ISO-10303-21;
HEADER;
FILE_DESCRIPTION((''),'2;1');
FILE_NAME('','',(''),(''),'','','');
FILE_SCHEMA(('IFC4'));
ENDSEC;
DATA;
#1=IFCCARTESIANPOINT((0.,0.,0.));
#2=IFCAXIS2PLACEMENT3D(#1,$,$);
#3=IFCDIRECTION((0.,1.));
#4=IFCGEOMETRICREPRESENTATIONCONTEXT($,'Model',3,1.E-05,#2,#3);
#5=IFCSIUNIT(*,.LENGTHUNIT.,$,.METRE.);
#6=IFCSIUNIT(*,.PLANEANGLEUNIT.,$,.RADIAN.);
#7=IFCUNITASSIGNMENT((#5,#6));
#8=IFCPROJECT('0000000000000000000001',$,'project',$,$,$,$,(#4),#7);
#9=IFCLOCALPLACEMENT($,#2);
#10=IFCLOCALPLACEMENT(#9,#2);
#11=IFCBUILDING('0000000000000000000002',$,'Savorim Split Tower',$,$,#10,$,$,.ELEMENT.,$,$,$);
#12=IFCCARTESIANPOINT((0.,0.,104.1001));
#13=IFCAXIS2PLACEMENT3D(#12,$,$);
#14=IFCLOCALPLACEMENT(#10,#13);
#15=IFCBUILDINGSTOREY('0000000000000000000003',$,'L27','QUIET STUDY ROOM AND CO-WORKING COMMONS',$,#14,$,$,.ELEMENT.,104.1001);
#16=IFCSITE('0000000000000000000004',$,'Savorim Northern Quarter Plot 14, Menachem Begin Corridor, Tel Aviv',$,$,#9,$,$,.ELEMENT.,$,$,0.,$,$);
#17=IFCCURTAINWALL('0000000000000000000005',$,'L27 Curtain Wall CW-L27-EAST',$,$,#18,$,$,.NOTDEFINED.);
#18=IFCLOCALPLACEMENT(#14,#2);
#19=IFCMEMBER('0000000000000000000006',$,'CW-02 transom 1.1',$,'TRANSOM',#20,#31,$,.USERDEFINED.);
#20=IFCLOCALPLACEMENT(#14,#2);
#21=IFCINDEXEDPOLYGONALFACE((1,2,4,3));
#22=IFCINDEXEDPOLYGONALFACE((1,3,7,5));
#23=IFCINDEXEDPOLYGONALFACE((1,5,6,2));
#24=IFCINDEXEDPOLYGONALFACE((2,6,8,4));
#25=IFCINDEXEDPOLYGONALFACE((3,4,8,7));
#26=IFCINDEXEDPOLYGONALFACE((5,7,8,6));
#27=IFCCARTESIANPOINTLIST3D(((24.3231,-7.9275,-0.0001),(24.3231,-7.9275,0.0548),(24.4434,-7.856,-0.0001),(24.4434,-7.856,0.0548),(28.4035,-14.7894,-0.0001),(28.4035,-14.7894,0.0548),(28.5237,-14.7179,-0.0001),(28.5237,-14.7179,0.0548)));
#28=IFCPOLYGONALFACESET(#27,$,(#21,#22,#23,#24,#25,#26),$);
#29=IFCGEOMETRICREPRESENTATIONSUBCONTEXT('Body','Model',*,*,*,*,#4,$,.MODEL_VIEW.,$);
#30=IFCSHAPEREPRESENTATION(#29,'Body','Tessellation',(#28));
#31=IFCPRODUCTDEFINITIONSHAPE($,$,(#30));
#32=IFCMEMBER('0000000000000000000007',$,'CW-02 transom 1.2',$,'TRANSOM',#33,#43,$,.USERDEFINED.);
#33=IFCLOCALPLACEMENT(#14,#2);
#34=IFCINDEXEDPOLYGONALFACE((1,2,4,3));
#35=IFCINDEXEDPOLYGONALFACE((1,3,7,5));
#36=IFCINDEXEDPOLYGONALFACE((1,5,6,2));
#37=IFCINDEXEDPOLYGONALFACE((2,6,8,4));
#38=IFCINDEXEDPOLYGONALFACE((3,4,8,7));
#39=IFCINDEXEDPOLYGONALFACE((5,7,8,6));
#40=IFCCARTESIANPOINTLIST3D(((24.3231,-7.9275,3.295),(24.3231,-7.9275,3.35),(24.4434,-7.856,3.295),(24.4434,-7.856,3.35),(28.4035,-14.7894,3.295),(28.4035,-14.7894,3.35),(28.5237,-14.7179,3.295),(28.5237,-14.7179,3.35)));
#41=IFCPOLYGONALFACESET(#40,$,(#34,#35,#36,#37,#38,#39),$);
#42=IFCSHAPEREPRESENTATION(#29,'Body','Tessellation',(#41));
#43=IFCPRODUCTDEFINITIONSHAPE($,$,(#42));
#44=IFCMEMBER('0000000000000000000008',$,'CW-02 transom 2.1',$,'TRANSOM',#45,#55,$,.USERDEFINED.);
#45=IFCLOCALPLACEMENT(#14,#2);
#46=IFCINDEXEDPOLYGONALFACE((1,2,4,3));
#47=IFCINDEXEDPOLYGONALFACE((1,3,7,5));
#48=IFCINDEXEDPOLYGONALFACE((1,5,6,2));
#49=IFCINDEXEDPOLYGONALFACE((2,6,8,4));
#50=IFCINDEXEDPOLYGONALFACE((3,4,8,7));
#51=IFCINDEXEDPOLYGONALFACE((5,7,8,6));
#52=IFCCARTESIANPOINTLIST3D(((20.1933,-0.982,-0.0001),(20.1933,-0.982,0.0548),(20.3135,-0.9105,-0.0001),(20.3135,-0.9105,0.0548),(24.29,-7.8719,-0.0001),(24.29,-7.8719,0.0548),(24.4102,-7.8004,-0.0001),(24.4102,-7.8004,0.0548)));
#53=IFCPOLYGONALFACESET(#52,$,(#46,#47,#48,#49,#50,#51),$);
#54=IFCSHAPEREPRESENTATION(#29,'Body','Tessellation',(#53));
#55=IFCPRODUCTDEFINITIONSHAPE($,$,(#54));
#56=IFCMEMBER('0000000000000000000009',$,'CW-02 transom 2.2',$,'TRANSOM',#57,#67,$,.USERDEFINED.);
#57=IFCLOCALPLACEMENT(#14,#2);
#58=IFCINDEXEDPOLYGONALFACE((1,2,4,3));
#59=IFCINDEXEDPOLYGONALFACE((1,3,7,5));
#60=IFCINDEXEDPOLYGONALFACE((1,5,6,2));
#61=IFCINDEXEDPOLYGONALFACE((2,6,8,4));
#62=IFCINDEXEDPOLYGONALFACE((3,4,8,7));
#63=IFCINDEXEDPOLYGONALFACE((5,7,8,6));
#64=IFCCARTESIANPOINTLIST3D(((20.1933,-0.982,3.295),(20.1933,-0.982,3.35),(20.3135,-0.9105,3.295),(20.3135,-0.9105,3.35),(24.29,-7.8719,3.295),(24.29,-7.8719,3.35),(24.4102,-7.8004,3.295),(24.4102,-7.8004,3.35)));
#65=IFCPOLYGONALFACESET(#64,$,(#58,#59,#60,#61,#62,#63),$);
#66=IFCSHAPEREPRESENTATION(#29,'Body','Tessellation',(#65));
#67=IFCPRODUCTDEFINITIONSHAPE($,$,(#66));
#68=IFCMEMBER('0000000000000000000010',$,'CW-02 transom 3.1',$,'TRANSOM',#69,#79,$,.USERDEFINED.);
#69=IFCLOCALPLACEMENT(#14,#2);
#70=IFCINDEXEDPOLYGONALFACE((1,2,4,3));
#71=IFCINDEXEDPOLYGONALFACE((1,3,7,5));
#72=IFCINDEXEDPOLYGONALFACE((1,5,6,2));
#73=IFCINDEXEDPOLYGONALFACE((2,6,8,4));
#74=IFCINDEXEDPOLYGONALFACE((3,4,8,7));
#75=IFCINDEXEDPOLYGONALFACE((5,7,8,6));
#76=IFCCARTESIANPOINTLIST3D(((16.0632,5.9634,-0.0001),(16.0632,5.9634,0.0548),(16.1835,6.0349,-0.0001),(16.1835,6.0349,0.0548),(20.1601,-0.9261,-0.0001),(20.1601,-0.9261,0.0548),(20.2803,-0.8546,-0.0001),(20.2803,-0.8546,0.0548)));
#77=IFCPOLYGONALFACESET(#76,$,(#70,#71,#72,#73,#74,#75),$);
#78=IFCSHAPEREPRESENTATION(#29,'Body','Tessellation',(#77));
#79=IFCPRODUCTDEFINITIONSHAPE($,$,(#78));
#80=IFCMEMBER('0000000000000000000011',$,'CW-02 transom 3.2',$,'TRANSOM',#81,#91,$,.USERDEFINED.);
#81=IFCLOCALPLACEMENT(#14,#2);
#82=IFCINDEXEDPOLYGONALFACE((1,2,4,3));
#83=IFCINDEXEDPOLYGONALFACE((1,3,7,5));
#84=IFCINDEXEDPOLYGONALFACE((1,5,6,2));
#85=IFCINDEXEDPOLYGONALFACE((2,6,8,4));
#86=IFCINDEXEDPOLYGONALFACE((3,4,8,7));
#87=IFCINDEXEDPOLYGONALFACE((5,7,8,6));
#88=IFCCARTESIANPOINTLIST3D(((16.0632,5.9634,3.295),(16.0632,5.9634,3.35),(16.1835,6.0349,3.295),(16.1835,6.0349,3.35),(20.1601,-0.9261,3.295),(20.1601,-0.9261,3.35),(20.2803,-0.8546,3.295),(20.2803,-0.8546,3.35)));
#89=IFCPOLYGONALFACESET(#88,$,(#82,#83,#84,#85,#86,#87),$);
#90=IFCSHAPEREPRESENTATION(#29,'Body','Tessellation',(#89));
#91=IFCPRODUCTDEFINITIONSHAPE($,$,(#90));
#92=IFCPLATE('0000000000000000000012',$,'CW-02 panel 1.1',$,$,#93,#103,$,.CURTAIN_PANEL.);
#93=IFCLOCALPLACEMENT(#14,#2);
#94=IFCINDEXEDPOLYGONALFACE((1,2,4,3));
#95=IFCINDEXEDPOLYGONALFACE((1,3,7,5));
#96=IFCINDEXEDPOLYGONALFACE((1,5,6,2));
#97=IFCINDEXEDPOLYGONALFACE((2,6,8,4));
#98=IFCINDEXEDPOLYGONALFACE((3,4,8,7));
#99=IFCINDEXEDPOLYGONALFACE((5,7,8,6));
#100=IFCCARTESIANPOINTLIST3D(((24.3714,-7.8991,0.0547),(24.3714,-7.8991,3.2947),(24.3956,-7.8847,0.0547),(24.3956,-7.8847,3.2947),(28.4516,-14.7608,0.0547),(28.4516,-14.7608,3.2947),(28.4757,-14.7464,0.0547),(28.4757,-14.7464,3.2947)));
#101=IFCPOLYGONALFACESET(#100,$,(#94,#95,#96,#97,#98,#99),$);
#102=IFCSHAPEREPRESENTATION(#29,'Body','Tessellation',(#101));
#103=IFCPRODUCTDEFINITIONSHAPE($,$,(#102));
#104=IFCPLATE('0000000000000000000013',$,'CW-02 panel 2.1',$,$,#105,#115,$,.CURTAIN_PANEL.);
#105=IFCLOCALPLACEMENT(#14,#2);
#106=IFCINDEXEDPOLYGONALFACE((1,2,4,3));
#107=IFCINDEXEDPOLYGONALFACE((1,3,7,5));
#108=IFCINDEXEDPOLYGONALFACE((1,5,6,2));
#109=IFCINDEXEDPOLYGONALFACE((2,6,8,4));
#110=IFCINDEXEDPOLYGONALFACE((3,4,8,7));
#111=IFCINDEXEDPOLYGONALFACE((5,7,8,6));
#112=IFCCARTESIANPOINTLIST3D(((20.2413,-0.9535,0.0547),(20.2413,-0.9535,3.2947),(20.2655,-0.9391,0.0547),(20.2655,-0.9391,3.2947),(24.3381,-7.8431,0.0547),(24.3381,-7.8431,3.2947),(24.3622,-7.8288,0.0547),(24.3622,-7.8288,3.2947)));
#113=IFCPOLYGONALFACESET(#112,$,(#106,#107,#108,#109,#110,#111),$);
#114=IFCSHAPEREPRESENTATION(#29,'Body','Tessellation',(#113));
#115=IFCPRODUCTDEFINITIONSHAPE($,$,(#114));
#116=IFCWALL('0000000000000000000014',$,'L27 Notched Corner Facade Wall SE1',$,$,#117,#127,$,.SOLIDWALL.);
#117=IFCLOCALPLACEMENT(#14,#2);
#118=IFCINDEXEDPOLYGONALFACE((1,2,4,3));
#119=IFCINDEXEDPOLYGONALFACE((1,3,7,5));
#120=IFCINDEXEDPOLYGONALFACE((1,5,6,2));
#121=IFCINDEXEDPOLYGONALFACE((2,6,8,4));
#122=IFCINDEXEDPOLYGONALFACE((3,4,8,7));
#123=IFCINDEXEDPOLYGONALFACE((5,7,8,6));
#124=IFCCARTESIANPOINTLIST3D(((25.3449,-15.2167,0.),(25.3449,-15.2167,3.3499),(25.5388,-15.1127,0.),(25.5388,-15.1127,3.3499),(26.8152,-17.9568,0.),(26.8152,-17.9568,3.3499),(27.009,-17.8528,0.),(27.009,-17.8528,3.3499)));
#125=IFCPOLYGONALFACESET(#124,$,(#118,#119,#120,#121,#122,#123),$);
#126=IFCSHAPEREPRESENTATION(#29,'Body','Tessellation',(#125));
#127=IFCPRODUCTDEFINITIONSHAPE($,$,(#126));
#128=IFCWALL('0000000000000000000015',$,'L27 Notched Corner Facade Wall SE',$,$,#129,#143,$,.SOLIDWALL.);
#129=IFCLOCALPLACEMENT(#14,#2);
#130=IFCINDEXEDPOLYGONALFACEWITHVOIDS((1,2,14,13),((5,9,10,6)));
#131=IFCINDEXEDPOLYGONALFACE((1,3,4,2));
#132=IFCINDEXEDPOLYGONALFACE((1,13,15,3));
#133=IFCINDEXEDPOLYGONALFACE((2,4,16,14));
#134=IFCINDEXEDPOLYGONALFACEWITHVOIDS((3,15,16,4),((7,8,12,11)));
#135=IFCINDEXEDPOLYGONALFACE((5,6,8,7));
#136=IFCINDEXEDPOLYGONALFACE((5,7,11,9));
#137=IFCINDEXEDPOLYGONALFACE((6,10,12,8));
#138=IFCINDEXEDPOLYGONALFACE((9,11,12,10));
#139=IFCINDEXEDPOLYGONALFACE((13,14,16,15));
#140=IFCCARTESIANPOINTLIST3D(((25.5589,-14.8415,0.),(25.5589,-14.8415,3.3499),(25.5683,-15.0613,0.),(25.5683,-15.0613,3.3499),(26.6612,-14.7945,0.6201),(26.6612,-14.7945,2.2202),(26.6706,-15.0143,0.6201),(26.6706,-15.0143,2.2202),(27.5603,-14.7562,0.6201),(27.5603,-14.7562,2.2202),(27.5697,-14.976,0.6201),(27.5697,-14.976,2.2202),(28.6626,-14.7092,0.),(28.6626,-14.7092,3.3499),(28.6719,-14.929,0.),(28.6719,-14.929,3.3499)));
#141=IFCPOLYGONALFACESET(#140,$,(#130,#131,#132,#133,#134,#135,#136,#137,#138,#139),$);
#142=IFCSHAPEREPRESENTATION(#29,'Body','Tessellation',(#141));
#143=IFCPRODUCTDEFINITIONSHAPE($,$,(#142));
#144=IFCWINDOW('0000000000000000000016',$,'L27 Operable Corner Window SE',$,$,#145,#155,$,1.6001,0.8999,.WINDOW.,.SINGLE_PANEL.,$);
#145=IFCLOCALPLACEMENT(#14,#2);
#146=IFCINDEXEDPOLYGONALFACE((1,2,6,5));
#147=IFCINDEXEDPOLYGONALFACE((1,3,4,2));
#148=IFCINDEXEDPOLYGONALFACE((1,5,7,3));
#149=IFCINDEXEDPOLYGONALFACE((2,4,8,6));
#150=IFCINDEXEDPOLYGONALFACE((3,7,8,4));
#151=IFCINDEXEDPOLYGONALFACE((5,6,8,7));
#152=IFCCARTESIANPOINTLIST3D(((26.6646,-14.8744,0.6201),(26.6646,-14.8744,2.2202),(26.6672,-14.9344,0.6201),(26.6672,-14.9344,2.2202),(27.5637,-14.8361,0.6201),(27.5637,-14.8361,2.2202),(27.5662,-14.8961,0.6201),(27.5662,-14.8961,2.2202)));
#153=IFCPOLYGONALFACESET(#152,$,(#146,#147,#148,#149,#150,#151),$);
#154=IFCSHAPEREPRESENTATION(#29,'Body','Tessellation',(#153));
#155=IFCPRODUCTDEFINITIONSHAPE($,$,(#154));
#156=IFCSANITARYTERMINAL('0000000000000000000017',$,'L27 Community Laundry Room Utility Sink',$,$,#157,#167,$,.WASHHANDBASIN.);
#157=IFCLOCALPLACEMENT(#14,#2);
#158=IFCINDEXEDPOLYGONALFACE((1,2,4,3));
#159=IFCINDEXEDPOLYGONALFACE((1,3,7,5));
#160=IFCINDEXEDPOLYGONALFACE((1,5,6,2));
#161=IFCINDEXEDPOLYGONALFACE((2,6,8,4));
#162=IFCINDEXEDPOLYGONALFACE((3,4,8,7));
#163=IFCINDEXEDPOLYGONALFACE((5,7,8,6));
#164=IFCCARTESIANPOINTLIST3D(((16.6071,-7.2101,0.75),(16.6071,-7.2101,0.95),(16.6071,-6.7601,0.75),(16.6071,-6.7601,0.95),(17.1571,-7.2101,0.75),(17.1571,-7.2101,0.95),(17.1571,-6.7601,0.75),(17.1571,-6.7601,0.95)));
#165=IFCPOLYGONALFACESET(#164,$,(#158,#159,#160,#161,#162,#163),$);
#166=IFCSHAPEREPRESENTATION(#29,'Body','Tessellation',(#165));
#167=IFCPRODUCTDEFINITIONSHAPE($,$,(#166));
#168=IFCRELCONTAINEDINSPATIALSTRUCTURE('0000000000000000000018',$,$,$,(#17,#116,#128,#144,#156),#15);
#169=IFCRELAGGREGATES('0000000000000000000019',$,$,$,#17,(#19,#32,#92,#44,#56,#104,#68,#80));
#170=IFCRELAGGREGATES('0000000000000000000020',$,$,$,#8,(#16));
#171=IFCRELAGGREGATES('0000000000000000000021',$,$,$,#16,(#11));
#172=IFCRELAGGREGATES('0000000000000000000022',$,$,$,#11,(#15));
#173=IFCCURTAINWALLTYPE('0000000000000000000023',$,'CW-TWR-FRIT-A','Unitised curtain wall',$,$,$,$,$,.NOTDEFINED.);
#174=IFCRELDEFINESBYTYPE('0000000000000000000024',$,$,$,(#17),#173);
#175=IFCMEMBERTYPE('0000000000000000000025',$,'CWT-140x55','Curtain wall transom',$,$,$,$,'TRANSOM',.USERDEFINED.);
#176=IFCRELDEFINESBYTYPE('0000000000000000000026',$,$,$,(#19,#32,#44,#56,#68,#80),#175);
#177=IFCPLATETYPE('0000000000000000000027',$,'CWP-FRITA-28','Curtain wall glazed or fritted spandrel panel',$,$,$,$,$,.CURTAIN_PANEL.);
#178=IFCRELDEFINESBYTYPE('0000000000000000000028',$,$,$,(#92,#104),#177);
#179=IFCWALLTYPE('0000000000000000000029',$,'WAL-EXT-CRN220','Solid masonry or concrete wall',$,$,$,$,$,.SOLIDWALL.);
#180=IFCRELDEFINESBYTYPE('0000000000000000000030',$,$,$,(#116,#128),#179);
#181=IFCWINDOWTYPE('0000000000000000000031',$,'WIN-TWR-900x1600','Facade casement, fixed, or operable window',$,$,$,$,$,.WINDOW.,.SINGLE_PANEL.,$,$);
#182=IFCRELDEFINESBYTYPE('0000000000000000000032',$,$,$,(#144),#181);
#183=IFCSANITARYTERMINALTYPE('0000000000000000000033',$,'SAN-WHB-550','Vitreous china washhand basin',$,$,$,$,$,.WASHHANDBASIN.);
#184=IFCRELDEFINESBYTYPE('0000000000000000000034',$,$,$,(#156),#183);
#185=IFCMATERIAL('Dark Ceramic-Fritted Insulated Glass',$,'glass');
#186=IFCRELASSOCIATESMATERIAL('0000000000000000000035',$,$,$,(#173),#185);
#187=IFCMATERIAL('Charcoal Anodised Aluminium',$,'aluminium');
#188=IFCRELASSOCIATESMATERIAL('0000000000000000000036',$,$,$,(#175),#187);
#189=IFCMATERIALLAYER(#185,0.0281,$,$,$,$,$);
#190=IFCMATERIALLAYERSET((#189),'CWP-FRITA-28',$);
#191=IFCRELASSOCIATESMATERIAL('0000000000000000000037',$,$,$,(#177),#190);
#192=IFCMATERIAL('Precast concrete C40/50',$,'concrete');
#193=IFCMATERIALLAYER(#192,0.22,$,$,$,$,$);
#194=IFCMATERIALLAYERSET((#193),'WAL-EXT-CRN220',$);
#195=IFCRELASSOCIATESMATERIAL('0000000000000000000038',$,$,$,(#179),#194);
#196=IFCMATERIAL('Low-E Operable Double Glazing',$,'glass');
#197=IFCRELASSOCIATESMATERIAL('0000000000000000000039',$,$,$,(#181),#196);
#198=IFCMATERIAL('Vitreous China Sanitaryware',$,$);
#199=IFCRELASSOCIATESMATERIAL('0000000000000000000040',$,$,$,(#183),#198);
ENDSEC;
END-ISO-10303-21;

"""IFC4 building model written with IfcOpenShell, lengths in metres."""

from ifc_helpers import new_model, si_unit, direction, frame, frame_2d, origin, origin_2d, place, context, subcontext, project, spatial, rectangle, extrude, material, layer, layer_set, material_profile, profile_set, type_object, element, fill, aggregate, save


model = new_model("IFC4")

# Units and contexts
model_context = context("Model", 3, precision=1e-05, world=origin(), true_north=direction((0.0, 1.0)))
body_context = subcontext(model_context, "Body", "Model", "MODEL_VIEW")
ifc_project = project(units=[si_unit("LENGTHUNIT", "METRE"), si_unit("PLANEANGLEUNIT", "RADIAN")], contexts=[model_context])

# Site, building, storey
site_placement = place(None, origin())
site = spatial("IfcSite", under=ifc_project, at=site_placement, Name="Savorim Northern Quarter Plot 14, Menachem Begin Corridor, Tel Aviv", CompositionType="ELEMENT", RefElevation=0.0)
building_placement = place(site_placement, origin())
building = spatial("IfcBuilding", under=site, at=building_placement, Name="Savorim Split Tower", CompositionType="ELEMENT")
storey_placement = place(building_placement, frame((0.0, 0.0, 104.1001)))
storey = spatial("IfcBuildingStorey", under=building, at=storey_placement, Name="L27", Description="QUIET STUDY ROOM AND CO-WORKING COMMONS", CompositionType="ELEMENT", Elevation=104.1001)

# Curtain wall, members, plates
ifc_material_1 = material(Name="Dark Ceramic-Fritted Insulated Glass", Category="glass")
curtain_wall_type = type_object("IfcCurtainWallType", Name="CW-TWR-FRIT-A", Description="Unitised curtain wall", PredefinedType="NOTDEFINED", material=ifc_material_1)
curtain_wall_placement = place(storey_placement, origin())
curtain_wall = element("IfcCurtainWall", 1, at=curtain_wall_placement, inside=storey, type_object=curtain_wall_type, Name="L27 Curtain Wall CW-L27-EAST", PredefinedType="NOTDEFINED")
ifc_material_2 = material(Name="Charcoal Anodised Aluminium", Category="aluminium")
ifc_material_profile_1 = material_profile(ifc_material_2, rectangle(XDim=0.1399, YDim=0.0549, at=origin_2d()), Name="ALU-T 140x55")
ifc_profile_set_1 = profile_set([ifc_material_profile_1], Name="Charcoal Anodised Aluminium")
member_type_1 = type_object("IfcMemberType", Name="CWT-140x55", Description="Curtain wall transom", ElementType="TRANSOM", PredefinedType="USERDEFINED", material=ifc_profile_set_1)
member_1_placement = place(storey_placement, frame((28.4636, -14.7537, 0.0273), z_axis=(-0.511105, 0.859518, 0.0), x_axis=(-0.859518, -0.511105, 0.0)))
member_1 = element("IfcMember", 2, at=member_1_placement, type_object=member_type_1, Name="CW-02 transom 1.1", ObjectType="TRANSOM", PredefinedType="USERDEFINED", context=body_context, shape_type="SweptSolid", body=[
    extrude(rectangle(XDim=0.1399, YDim=0.0549, at=origin_2d()), origin(), (0.0, 0.0, 1.0), 7.9834),
])
member_2_placement = place(storey_placement, frame((28.4636, -14.7537, 3.3225), z_axis=(-0.511105, 0.859518, 0.0), x_axis=(-0.859518, -0.511105, 0.0)))
member_2 = element("IfcMember", 3, at=member_2_placement, type_object=member_type_1, Name="CW-02 transom 1.2", ObjectType="TRANSOM", PredefinedType="USERDEFINED", context=body_context, shape_type="SweptSolid", body=[
    extrude(rectangle(XDim=0.1399, YDim=0.0549, at=origin_2d()), origin(), (0.0, 0.0, 1.0), 7.9834),
])
member_3_placement = place(storey_placement, frame((24.3501, -7.8362, 0.0273), z_axis=(-0.511074, 0.859537, 0.0), x_axis=(-0.859537, -0.511074, 0.0)))
member_3 = element("IfcMember", 4, at=member_3_placement, type_object=member_type_1, Name="CW-02 transom 2.1", ObjectType="TRANSOM", PredefinedType="USERDEFINED", context=body_context, shape_type="SweptSolid", body=[
    extrude(rectangle(XDim=0.1399, YDim=0.0549, at=origin_2d()), origin(), (0.0, 0.0, 1.0), 8.0159),
])
member_4_placement = place(storey_placement, frame((24.3501, -7.8362, 3.3225), z_axis=(-0.511074, 0.859537, 0.0), x_axis=(-0.859537, -0.511074, 0.0)))
member_4 = element("IfcMember", 5, at=member_4_placement, type_object=member_type_1, Name="CW-02 transom 2.2", ObjectType="TRANSOM", PredefinedType="USERDEFINED", context=body_context, shape_type="SweptSolid", body=[
    extrude(rectangle(XDim=0.1399, YDim=0.0549, at=origin_2d()), origin(), (0.0, 0.0, 1.0), 8.0159),
])
member_5_placement = place(storey_placement, frame((20.2202, -0.8904, 0.0273), z_axis=(-0.51111, 0.859515, 0.0), x_axis=(-0.859515, -0.51111, 0.0)))
member_5 = element("IfcMember", 6, at=member_5_placement, type_object=member_type_1, Name="CW-02 transom 3.1", ObjectType="TRANSOM", PredefinedType="USERDEFINED", context=body_context, shape_type="SweptSolid", body=[
    extrude(rectangle(XDim=0.1399, YDim=0.0549, at=origin_2d()), origin(), (0.0, 0.0, 1.0), 8.0156),
])
member_6_placement = place(storey_placement, frame((20.2202, -0.8904, 3.3225), z_axis=(-0.51111, 0.859515, 0.0), x_axis=(-0.859515, -0.51111, 0.0)))
member_6 = element("IfcMember", 7, at=member_6_placement, type_object=member_type_1, Name="CW-02 transom 3.2", ObjectType="TRANSOM", PredefinedType="USERDEFINED", context=body_context, shape_type="SweptSolid", body=[
    extrude(rectangle(XDim=0.1399, YDim=0.0549, at=origin_2d()), origin(), (0.0, 0.0, 1.0), 8.0156),
])
ifc_layer_1 = layer(ifc_material_1, 0.0281)
ifc_layer_set_1 = layer_set([ifc_layer_1], Name="CWP-FRITA-28")
plate_type = type_object("IfcPlateType", Name="CWP-FRITA-28", Description="Curtain wall glazed or fritted spandrel panel", PredefinedType="CURTAIN_PANEL", material=ifc_layer_set_1)
plate_1_placement = place(storey_placement, frame((26.4236, -11.3228, 0.0547), z_axis=(0.0, 0.0, 1.0), x_axis=(-0.511094, 0.859525, 0.0)))
plate_1 = element("IfcPlate", 8, at=plate_1_placement, type_object=plate_type, Name="CW-02 panel 1.1", PredefinedType="CURTAIN_PANEL", context=body_context, shape_type="SweptSolid", body=[
    extrude(rectangle(XDim=7.9832, YDim=0.0281, at=origin_2d()), origin(), (0.0, 0.0, 1.0), 3.24),
])
plate_2_placement = place(storey_placement, frame((22.3018, -4.3911, 0.0547), z_axis=(0.0, 0.0, 1.0), x_axis=(-0.511094, 0.859525, 0.0)))
plate_2 = element("IfcPlate", 9, at=plate_2_placement, type_object=plate_type, Name="CW-02 panel 2.1", PredefinedType="CURTAIN_PANEL", context=body_context, shape_type="SweptSolid", body=[
    extrude(rectangle(XDim=8.0156, YDim=0.0281, at=origin_2d()), origin(), (0.0, 0.0, 1.0), 3.24),
])
aggregate(curtain_wall, [member_1, member_2, plate_1, member_3, member_4, plate_2, member_5, member_6])

# Wall
ifc_material_3 = material(Name="Precast concrete C40/50", Category="concrete")
ifc_layer_2 = layer(ifc_material_3, 0.22)
ifc_layer_set_2 = layer_set([ifc_layer_2], Name="WAL-EXT-CRN220")
wall_type = type_object("IfcWallType", Name="WAL-EXT-CRN220", Description="Solid masonry or concrete wall", PredefinedType="SOLIDWALL", material=ifc_layer_set_2)
wall_1_placement = place(storey_placement, frame((25.4419, -15.1648, 0.0), z_axis=(0.0, 0.0, 1.0), x_axis=(0.472812, -0.881163, 0.0)))
element("IfcWall", 10, at=wall_1_placement, inside=storey, type_object=wall_type, Name="L27 Notched Corner Facade Wall SE1", PredefinedType="SOLIDWALL", context=body_context, shape_type="SweptSolid", body=[
    extrude(rectangle(XDim=3.1096, YDim=0.22, at=frame_2d((1.5547, 0.0))), origin(), (0.0, 0.0, 1.0), 3.3499),
])

# Wall, opening, window
wall_2_placement = place(storey_placement, frame((28.6672, -14.8191, 0.0), z_axis=(0.0, 0.0, 1.0), x_axis=(-0.999092, -0.042598, 0.0)))
wall_2 = element("IfcWall", 11, at=wall_2_placement, inside=storey, type_object=wall_type, Name="L27 Notched Corner Facade Wall SE", PredefinedType="SOLIDWALL", context=body_context, shape_type="SweptSolid", body=[
    extrude(rectangle(XDim=3.1064, YDim=0.22, at=frame_2d((1.5532, 0.0))), origin(), (0.0, 0.0, 1.0), 3.3499),
])
opening_placement = place(wall_2_placement, frame((1.1033, 0.0, 0.6201)))
opening = element("IfcOpeningElement", 12, at=opening_placement, cuts=wall_2, PredefinedType="OPENING", context=body_context, shape_type="SweptSolid", body=[
    extrude(rectangle(XDim=0.8999, YDim=1.6001, at=frame_2d((0.45, 0.8))), frame((0.0, 0.1199, 0.0), z_axis=(0.0, -1.0, 0.0), x_axis=(1.0, 0.0, 0.0)), (0.0, 0.0, 1.0), 0.24),
])
ifc_material_4 = material(Name="Low-E Operable Double Glazing", Category="glass")
window_type = type_object("IfcWindowType", Name="WIN-TWR-900x1600", Description="Facade casement, fixed, or operable window", PartitioningType="SINGLE_PANEL", PredefinedType="WINDOW", material=ifc_material_4)
window_placement = place(opening_placement, origin())
window = element("IfcWindow", 13, at=window_placement, inside=storey, type_object=window_type, Name="L27 Operable Corner Window SE", OverallHeight=1.6001, OverallWidth=0.8999, PartitioningType="SINGLE_PANEL", PredefinedType="WINDOW", context=body_context, shape_type="SweptSolid", body=[
    extrude(rectangle(XDim=0.8999, YDim=1.6001, at=frame_2d((0.45, 0.8))), frame((0.0, 0.03, 0.0), z_axis=(0.0, -1.0, 0.0), x_axis=(1.0, 0.0, 0.0)), (0.0, 0.0, 1.0), 0.0601),
])
fill(opening, window)

# Sanitary terminal
ifc_material_5 = material(Name="Vitreous China Sanitaryware")
sanitary_terminal_type = type_object("IfcSanitaryTerminalType", Name="SAN-WHB-550", Description="Vitreous china washhand basin", PredefinedType="WASHHANDBASIN", material=ifc_material_5)
sanitary_terminal_placement = place(storey_placement, frame((16.8821, -6.9851, 0.75), z_axis=(0.0, 0.0, 1.0), x_axis=(1.0, 0.0, 0.0)))
element("IfcSanitaryTerminal", 14, at=sanitary_terminal_placement, inside=storey, type_object=sanitary_terminal_type, Name="L27 Community Laundry Room Utility Sink", PredefinedType="WASHHANDBASIN", context=body_context, shape_type="SweptSolid", body=[
    extrude(rectangle(XDim=0.55, YDim=0.45, at=origin_2d()), origin(), (0.0, 0.0, 1.0), 0.2),
])

save(model, "model.ifc")
